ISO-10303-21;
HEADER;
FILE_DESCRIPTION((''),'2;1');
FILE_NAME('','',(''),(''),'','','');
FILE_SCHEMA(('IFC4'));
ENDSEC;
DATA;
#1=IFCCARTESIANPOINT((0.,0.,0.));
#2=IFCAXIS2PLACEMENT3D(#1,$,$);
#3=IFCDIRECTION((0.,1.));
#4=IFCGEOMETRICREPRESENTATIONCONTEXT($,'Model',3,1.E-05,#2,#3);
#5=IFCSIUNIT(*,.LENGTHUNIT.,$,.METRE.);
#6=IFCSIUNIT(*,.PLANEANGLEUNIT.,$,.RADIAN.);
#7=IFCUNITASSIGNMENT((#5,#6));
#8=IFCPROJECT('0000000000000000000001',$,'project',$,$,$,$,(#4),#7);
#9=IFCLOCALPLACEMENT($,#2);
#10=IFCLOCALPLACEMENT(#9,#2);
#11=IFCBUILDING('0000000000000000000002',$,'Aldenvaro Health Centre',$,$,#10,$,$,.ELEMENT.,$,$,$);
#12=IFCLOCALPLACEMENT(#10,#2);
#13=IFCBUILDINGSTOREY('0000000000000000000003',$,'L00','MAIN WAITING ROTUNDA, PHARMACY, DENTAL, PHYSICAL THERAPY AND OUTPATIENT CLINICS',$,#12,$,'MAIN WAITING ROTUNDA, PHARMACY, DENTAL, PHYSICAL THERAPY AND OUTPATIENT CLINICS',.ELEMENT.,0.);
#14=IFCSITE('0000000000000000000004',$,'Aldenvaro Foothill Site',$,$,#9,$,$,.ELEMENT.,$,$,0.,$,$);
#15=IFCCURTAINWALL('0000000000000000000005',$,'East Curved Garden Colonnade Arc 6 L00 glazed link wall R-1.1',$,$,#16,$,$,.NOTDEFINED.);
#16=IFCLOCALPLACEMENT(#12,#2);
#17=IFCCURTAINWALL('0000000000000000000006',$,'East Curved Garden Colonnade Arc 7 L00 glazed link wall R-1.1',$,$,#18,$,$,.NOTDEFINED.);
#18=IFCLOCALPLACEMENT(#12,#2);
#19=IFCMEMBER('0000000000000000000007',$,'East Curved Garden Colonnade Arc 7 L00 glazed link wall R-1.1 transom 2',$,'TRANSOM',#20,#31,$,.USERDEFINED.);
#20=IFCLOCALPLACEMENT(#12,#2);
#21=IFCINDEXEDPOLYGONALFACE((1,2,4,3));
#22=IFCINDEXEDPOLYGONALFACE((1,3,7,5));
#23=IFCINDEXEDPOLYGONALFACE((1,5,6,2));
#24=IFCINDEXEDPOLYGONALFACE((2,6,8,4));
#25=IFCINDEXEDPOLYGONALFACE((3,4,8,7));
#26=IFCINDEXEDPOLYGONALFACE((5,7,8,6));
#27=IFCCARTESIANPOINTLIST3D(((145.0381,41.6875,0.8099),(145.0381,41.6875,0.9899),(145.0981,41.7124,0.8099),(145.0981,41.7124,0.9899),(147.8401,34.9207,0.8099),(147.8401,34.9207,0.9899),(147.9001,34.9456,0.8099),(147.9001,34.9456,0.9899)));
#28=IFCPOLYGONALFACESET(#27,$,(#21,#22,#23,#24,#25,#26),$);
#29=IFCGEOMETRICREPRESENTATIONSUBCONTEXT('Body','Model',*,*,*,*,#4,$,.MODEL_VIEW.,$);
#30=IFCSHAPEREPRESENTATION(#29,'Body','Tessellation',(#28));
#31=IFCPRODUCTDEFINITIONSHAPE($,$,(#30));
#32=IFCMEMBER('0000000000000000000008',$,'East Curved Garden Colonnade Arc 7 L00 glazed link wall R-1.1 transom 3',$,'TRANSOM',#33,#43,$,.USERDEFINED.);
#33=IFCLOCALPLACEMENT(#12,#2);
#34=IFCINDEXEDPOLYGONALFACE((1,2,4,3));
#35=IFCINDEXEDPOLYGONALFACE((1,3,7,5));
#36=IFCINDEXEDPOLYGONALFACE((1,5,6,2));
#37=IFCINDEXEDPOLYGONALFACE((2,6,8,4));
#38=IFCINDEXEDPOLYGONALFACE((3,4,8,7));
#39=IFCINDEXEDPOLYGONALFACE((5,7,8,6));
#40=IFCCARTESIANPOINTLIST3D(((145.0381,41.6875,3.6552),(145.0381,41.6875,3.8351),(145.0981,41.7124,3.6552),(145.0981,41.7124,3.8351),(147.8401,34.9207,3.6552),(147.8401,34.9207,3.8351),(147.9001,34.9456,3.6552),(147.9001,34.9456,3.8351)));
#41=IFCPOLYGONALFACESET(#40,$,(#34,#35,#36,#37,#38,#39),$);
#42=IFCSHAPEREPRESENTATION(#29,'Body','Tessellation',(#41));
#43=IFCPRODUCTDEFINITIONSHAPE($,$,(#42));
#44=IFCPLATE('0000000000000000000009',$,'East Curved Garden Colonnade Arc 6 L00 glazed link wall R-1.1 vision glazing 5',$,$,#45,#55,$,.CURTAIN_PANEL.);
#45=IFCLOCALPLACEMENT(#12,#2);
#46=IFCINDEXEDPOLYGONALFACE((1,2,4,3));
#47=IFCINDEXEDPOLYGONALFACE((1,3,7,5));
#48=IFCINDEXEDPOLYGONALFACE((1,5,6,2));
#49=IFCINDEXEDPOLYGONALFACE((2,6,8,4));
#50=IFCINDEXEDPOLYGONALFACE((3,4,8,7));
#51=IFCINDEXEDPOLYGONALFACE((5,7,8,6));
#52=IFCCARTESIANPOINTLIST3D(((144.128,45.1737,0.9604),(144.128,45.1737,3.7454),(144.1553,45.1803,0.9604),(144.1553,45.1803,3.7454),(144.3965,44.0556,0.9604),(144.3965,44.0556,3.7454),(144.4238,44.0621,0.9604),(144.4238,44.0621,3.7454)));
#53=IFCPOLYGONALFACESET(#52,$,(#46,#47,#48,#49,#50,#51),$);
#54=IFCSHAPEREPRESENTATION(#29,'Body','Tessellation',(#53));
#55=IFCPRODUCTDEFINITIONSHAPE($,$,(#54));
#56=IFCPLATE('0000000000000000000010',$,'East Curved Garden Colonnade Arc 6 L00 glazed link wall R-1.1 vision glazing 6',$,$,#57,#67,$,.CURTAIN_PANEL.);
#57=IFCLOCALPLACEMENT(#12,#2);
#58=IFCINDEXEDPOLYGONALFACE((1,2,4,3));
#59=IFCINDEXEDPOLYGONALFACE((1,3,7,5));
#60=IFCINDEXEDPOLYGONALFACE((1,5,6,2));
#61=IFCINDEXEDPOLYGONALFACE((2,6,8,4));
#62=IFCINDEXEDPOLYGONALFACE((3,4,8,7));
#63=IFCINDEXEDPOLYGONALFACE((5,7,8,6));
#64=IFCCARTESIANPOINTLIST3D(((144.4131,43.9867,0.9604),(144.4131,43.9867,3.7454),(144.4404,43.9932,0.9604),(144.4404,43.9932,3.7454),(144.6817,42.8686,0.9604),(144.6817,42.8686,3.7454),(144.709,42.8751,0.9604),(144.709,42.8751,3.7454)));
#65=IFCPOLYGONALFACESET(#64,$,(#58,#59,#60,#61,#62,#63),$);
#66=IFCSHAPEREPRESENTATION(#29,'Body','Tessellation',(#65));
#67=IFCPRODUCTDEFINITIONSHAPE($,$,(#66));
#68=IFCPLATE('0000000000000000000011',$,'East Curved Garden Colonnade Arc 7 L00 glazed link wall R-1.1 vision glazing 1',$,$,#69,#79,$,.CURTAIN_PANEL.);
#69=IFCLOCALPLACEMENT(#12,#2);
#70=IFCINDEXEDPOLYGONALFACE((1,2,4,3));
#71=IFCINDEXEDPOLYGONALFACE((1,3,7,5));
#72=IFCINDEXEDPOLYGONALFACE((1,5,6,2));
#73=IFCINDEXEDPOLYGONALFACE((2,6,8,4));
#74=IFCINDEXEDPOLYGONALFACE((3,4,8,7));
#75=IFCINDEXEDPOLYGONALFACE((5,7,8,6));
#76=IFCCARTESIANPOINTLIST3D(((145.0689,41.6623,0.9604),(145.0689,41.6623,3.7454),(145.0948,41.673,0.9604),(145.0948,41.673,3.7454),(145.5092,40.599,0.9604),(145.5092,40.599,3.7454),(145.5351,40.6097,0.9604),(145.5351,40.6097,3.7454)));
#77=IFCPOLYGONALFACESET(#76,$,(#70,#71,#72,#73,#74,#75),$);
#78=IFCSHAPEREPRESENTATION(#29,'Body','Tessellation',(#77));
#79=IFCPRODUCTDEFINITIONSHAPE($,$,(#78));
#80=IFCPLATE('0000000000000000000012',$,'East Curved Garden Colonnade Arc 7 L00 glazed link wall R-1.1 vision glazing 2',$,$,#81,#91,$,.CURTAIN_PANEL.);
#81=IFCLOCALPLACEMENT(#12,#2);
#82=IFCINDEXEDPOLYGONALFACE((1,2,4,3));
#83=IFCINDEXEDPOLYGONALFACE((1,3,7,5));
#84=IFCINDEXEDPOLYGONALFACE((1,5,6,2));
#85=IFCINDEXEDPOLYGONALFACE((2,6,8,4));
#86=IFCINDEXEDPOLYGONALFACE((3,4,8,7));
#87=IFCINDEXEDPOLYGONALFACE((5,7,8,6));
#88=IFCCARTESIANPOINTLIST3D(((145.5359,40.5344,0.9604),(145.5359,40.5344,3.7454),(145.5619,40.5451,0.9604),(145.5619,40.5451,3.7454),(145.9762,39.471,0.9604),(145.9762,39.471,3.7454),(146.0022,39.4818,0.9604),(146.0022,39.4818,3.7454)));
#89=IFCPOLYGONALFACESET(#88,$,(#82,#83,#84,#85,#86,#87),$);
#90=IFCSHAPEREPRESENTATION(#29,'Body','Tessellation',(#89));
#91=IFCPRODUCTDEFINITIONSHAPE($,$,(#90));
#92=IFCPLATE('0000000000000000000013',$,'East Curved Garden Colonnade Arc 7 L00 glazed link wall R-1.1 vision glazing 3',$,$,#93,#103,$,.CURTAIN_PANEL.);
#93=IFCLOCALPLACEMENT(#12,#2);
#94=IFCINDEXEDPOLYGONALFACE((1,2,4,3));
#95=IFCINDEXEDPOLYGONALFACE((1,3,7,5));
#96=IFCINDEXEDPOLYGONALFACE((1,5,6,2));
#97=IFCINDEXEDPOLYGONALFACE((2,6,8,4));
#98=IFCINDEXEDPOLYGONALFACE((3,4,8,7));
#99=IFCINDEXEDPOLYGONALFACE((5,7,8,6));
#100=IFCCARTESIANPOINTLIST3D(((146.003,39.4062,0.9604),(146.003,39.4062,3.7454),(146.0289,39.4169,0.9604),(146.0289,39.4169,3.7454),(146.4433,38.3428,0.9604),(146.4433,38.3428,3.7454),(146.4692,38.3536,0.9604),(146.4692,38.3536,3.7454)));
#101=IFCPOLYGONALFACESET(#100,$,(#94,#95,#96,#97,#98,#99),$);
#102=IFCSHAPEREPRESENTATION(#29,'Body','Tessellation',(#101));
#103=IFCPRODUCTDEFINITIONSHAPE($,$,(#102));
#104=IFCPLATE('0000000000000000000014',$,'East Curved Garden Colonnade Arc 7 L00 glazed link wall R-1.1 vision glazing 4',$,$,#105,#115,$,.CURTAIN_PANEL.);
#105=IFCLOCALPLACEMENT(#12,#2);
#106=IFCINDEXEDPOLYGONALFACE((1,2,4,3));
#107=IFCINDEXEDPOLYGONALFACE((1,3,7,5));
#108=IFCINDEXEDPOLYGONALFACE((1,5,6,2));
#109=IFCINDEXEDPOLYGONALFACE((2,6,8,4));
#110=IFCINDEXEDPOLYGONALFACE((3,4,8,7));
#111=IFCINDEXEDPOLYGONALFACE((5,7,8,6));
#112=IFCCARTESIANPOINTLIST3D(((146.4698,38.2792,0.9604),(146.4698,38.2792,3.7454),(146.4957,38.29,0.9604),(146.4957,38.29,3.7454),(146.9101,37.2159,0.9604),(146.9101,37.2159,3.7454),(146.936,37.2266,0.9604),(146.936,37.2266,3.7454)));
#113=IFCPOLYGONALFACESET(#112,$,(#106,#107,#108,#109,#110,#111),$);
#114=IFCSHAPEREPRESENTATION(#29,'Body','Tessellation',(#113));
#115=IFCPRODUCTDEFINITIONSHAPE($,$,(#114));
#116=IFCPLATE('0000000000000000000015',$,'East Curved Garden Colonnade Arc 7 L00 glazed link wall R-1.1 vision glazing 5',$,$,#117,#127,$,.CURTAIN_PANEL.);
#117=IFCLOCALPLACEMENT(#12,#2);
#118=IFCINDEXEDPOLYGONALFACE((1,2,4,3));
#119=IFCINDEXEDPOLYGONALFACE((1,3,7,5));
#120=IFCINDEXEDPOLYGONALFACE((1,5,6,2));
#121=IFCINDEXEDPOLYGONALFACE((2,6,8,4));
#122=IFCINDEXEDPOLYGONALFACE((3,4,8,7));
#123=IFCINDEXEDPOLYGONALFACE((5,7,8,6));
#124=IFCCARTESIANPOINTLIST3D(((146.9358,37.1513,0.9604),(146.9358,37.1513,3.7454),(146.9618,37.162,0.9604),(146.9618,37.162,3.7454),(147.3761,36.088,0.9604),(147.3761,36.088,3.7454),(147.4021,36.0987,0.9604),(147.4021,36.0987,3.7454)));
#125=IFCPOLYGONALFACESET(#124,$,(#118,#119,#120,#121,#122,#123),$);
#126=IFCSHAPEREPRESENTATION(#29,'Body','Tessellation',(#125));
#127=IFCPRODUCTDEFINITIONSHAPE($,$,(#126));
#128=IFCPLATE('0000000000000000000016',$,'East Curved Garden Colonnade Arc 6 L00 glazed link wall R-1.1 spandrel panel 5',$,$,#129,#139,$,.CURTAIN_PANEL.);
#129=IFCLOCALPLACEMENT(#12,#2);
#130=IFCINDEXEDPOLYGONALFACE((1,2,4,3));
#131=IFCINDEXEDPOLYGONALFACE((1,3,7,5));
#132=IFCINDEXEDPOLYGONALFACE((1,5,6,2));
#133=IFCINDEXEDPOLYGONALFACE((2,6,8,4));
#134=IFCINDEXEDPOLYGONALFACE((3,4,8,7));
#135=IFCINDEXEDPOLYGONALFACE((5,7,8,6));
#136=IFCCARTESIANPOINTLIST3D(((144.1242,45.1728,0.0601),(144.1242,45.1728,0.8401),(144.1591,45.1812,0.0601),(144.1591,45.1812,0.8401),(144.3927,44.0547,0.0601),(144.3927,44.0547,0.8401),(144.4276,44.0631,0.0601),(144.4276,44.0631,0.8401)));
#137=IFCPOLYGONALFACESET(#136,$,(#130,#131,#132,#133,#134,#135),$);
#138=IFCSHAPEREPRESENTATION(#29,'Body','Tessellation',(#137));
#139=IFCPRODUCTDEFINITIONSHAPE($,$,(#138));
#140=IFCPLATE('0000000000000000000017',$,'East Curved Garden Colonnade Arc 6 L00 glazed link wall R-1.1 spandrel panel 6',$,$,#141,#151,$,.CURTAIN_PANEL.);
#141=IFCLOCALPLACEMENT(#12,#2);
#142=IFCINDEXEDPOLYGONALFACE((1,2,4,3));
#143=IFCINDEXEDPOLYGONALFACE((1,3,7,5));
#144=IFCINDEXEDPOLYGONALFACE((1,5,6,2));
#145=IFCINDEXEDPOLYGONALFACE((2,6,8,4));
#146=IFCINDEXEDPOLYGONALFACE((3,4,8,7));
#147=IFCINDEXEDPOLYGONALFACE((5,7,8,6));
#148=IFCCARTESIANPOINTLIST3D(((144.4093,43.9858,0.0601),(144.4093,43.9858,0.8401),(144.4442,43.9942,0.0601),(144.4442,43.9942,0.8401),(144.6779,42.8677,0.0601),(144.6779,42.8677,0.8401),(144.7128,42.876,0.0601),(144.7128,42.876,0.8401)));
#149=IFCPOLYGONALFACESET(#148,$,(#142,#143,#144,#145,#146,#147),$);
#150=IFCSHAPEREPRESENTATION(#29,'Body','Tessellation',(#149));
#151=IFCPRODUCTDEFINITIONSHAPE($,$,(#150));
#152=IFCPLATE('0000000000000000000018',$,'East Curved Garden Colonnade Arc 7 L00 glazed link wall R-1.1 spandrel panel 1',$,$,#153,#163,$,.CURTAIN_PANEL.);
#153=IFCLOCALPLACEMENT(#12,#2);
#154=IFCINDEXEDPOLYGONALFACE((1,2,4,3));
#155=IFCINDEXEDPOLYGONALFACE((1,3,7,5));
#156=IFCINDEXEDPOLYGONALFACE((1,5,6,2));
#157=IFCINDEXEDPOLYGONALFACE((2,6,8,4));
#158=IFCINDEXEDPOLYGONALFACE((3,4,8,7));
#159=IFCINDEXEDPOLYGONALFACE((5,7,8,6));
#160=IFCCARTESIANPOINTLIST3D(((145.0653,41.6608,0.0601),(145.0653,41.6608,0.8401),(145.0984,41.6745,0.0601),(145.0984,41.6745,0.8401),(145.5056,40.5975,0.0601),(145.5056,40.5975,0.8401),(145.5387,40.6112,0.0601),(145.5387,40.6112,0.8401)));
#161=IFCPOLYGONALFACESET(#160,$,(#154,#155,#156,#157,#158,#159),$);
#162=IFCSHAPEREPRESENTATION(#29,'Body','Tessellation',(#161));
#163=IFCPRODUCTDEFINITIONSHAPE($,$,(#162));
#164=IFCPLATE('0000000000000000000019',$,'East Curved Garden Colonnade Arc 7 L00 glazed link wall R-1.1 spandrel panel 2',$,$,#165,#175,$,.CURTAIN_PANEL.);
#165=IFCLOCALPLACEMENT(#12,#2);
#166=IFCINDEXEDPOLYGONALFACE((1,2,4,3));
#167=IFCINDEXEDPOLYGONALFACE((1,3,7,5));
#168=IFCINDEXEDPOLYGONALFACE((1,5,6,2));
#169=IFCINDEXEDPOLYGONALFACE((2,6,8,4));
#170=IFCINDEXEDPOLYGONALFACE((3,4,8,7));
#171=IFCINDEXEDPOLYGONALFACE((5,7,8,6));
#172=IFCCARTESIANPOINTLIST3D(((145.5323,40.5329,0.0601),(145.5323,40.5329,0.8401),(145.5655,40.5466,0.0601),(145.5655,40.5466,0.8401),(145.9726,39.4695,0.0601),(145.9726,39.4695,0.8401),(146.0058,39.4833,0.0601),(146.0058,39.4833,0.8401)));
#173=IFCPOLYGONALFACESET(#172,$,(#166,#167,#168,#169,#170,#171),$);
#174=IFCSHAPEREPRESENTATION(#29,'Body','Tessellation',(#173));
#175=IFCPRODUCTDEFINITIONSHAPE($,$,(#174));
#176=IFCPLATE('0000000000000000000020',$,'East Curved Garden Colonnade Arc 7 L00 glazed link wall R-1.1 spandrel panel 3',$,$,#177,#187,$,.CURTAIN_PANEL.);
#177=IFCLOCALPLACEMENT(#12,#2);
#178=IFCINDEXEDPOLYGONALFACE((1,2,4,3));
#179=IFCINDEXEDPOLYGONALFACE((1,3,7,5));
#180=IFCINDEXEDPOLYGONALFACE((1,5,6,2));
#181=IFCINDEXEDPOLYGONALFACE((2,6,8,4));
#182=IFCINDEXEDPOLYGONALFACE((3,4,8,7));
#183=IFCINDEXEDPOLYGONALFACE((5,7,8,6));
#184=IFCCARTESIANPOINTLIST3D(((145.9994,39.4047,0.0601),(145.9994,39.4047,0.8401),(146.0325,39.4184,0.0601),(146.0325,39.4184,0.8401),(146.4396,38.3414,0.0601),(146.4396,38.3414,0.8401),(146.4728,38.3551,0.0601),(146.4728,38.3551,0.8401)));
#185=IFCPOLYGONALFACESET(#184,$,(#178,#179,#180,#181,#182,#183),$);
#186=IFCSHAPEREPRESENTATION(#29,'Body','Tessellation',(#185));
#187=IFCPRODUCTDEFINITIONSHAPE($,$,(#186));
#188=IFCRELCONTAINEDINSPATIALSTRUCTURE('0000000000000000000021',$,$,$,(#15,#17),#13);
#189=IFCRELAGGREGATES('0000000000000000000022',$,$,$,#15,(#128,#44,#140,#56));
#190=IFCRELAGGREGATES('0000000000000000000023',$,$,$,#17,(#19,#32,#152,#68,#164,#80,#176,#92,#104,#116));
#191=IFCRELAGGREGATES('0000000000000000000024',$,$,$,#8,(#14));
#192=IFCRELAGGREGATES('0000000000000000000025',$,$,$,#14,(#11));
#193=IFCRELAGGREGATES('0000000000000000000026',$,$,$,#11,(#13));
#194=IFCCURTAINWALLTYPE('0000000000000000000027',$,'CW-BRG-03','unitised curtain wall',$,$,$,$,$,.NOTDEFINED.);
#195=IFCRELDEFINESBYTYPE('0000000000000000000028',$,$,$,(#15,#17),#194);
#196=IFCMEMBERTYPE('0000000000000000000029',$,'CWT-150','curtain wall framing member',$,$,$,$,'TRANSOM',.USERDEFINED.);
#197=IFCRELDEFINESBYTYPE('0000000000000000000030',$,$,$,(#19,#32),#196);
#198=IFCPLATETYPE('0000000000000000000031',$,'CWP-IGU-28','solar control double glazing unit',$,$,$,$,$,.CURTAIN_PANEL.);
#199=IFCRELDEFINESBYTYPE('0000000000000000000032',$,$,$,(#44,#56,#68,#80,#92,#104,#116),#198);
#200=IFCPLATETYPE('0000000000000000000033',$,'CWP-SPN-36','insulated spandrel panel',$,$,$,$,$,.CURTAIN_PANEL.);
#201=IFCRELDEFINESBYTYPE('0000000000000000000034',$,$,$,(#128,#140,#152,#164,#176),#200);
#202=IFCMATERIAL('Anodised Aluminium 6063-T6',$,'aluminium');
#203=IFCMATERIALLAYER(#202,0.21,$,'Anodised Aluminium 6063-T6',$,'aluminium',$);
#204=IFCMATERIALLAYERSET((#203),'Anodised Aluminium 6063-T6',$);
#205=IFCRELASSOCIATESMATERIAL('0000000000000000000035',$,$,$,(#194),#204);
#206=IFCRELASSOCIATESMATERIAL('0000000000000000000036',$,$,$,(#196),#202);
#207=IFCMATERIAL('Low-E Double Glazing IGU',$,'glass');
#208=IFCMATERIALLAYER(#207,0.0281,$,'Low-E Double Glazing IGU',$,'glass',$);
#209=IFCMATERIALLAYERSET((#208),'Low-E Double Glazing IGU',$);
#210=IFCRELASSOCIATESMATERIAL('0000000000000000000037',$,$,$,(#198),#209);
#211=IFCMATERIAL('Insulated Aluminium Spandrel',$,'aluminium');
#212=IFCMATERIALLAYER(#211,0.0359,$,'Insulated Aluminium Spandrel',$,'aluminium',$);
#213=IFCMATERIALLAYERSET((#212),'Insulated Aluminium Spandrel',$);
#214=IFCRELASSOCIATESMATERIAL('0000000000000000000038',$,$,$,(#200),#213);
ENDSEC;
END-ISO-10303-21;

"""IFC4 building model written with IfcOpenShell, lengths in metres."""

from ifc_helpers import new_model, si_unit, direction, frame, origin, origin_2d, place, context, subcontext, project, spatial, rectangle, extrude, material, layer, layer_set, material_profile, profile_set, type_object, element, aggregate, save


model = new_model("IFC4")

# Units and contexts
model_context = context("Model", 3, precision=1e-05, world=origin(), true_north=direction((0.0, 1.0)))
body_context = subcontext(model_context, "Body", "Model", "MODEL_VIEW")
ifc_project = project(units=[si_unit("LENGTHUNIT", "METRE"), si_unit("PLANEANGLEUNIT", "RADIAN")], contexts=[model_context])

# Site, building, storey
site_placement = place(None, origin())
site = spatial("IfcSite", under=ifc_project, at=site_placement, Name="Aldenvaro Foothill Site", CompositionType="ELEMENT", RefElevation=0.0)
building_placement = place(site_placement, origin())
building = spatial("IfcBuilding", under=site, at=building_placement, Name="Aldenvaro Health Centre", CompositionType="ELEMENT")
storey_placement = place(building_placement, origin())
storey = spatial("IfcBuildingStorey", under=building, at=storey_placement, Name="L00", Description="MAIN WAITING ROTUNDA, PHARMACY, DENTAL, PHYSICAL THERAPY AND OUTPATIENT CLINICS", LongName="MAIN WAITING ROTUNDA, PHARMACY, DENTAL, PHYSICAL THERAPY AND OUTPATIENT CLINICS", CompositionType="ELEMENT", Elevation=0.0)

# Curtain walls, members
ifc_material_1 = material(Name="Anodised Aluminium 6063-T6", Category="aluminium")
ifc_layer_1 = layer(ifc_material_1, 0.21, Name="Anodised Aluminium 6063-T6", Category="aluminium")
ifc_layer_set_1 = layer_set([ifc_layer_1], Name="Anodised Aluminium 6063-T6")
curtain_wall_type = type_object("IfcCurtainWallType", Name="CW-BRG-03", Description="unitised curtain wall", PredefinedType="NOTDEFINED", material=ifc_layer_set_1)
curtain_wall_1_placement = place(storey_placement, origin())
curtain_wall_1 = element("IfcCurtainWall", 1, at=curtain_wall_1_placement, inside=storey, type_object=curtain_wall_type, Name="East Curved Garden Colonnade Arc 6 L00 glazed link wall R-1.1", PredefinedType="NOTDEFINED")
curtain_wall_2_placement = place(storey_placement, origin())
curtain_wall_2 = element("IfcCurtainWall", 2, at=curtain_wall_2_placement, inside=storey, type_object=curtain_wall_type, Name="East Curved Garden Colonnade Arc 7 L00 glazed link wall R-1.1", PredefinedType="NOTDEFINED")
ifc_material_profile_1 = material_profile(ifc_material_1, rectangle(XDim=0.0649, YDim=0.1799, at=origin_2d()), Name="ALU 65x180", Category="aluminium")
ifc_profile_set_1 = profile_set([ifc_material_profile_1], Name="Anodised Aluminium 6063-T6")
member_type_1 = type_object("IfcMemberType", Name="CWT-150", Description="curtain wall framing member", ElementType="TRANSOM", PredefinedType="USERDEFINED", material=ifc_profile_set_1)
member_1_placement = place(storey_placement, frame((145.0681, 41.7, 0.8999), z_axis=(0.382577, -0.923924, 0.0), x_axis=(0.923924, 0.382577, 0.0)))
member_1 = element("IfcMember", 3, at=member_1_placement, type_object=member_type_1, Name="East Curved Garden Colonnade Arc 7 L00 glazed link wall R-1.1 transom 2", ObjectType="TRANSOM", PredefinedType="USERDEFINED", context=body_context, shape_type="SweptSolid", body=[
    extrude(rectangle(XDim=0.0649, YDim=0.1799, at=origin_2d()), origin(), (0.0, 0.0, 1.0), 7.324),
])
member_2_placement = place(storey_placement, frame((145.0681, 41.7, 3.7451), z_axis=(0.382577, -0.923924, 0.0), x_axis=(0.923924, 0.382577, 0.0)))
member_2 = element("IfcMember", 4, at=member_2_placement, type_object=member_type_1, Name="East Curved Garden Colonnade Arc 7 L00 glazed link wall R-1.1 transom 3", ObjectType="TRANSOM", PredefinedType="USERDEFINED", context=body_context, shape_type="SweptSolid", body=[
    extrude(rectangle(XDim=0.0649, YDim=0.1799, at=origin_2d()), origin(), (0.0, 0.0, 1.0), 7.324),
])

# Plates
ifc_material_2 = material(Name="Low-E Double Glazing IGU", Category="glass")
ifc_layer_2 = layer(ifc_material_2, 0.0281, Name="Low-E Double Glazing IGU", Category="glass")
ifc_layer_set_2 = layer_set([ifc_layer_2], Name="Low-E Double Glazing IGU")
plate_type_1 = type_object("IfcPlateType", Name="CWP-IGU-28", Description="solar control double glazing unit", PredefinedType="CURTAIN_PANEL", material=ifc_layer_set_2)
plate_1_placement = place(storey_placement, frame((144.2759, 44.6179, 0.9604), z_axis=(0.0, 0.0, 1.0), x_axis=(0.233528, -0.97235, 0.0)))
plate_1 = element("IfcPlate", 5, at=plate_1_placement, type_object=plate_type_1, Name="East Curved Garden Colonnade Arc 6 L00 glazed link wall R-1.1 vision glazing 5", PredefinedType="CURTAIN_PANEL", context=body_context, shape_type="SweptSolid", body=[
    extrude(rectangle(XDim=1.1499, YDim=0.0281, at=origin_2d()), origin(), (0.0, 0.0, 1.0), 2.7849),
])
plate_2_placement = place(storey_placement, frame((144.561, 43.4309, 0.9604), z_axis=(0.0, 0.0, 1.0), x_axis=(0.233528, -0.97235, 0.0)))
plate_2 = element("IfcPlate", 6, at=plate_2_placement, type_object=plate_type_1, Name="East Curved Garden Colonnade Arc 6 L00 glazed link wall R-1.1 vision glazing 6", PredefinedType="CURTAIN_PANEL", context=body_context, shape_type="SweptSolid", body=[
    extrude(rectangle(XDim=1.1499, YDim=0.0281, at=origin_2d()), origin(), (0.0, 0.0, 1.0), 2.7849),
])
plate_3_placement = place(storey_placement, frame((145.302, 41.136, 0.9604), z_axis=(0.0, 0.0, 1.0), x_axis=(0.382569, -0.923927, 0.0)))
plate_3 = element("IfcPlate", 7, at=plate_3_placement, type_object=plate_type_1, Name="East Curved Garden Colonnade Arc 7 L00 glazed link wall R-1.1 vision glazing 1", PredefinedType="CURTAIN_PANEL", context=body_context, shape_type="SweptSolid", body=[
    extrude(rectangle(XDim=1.1509, YDim=0.0281, at=origin_2d()), origin(), (0.0, 0.0, 1.0), 2.7849),
])
plate_4_placement = place(storey_placement, frame((145.769, 40.0081, 0.9604), z_axis=(0.0, 0.0, 1.0), x_axis=(0.382569, -0.923927, 0.0)))
plate_4 = element("IfcPlate", 8, at=plate_4_placement, type_object=plate_type_1, Name="East Curved Garden Colonnade Arc 7 L00 glazed link wall R-1.1 vision glazing 2", PredefinedType="CURTAIN_PANEL", context=body_context, shape_type="SweptSolid", body=[
    extrude(rectangle(XDim=1.1509, YDim=0.0281, at=origin_2d()), origin(), (0.0, 0.0, 1.0), 2.7849),
])
plate_5_placement = place(storey_placement, frame((146.2361, 38.8799, 0.9604), z_axis=(0.0, 0.0, 1.0), x_axis=(0.382569, -0.923927, 0.0)))
plate_5 = element("IfcPlate", 9, at=plate_5_placement, type_object=plate_type_1, Name="East Curved Garden Colonnade Arc 7 L00 glazed link wall R-1.1 vision glazing 3", PredefinedType="CURTAIN_PANEL", context=body_context, shape_type="SweptSolid", body=[
    extrude(rectangle(XDim=1.1509, YDim=0.0281, at=origin_2d()), origin(), (0.0, 0.0, 1.0), 2.7849),
])
plate_6_placement = place(storey_placement, frame((146.7029, 37.7529, 0.9604), z_axis=(0.0, 0.0, 1.0), x_axis=(0.382569, -0.923927, 0.0)))
plate_6 = element("IfcPlate", 10, at=plate_6_placement, type_object=plate_type_1, Name="East Curved Garden Colonnade Arc 7 L00 glazed link wall R-1.1 vision glazing 4", PredefinedType="CURTAIN_PANEL", context=body_context, shape_type="SweptSolid", body=[
    extrude(rectangle(XDim=1.1509, YDim=0.0281, at=origin_2d()), origin(), (0.0, 0.0, 1.0), 2.7849),
])
plate_7_placement = place(storey_placement, frame((147.1689, 36.625, 0.9604), z_axis=(0.0, 0.0, 1.0), x_axis=(0.382569, -0.923927, 0.0)))
plate_7 = element("IfcPlate", 11, at=plate_7_placement, type_object=plate_type_1, Name="East Curved Garden Colonnade Arc 7 L00 glazed link wall R-1.1 vision glazing 5", PredefinedType="CURTAIN_PANEL", context=body_context, shape_type="SweptSolid", body=[
    extrude(rectangle(XDim=1.1509, YDim=0.0281, at=origin_2d()), origin(), (0.0, 0.0, 1.0), 2.7849),
])
ifc_material_3 = material(Name="Insulated Aluminium Spandrel", Category="aluminium")
ifc_layer_3 = layer(ifc_material_3, 0.0359, Name="Insulated Aluminium Spandrel", Category="aluminium")
ifc_layer_set_3 = layer_set([ifc_layer_3], Name="Insulated Aluminium Spandrel")
plate_type_2 = type_object("IfcPlateType", Name="CWP-SPN-36", Description="insulated spandrel panel", PredefinedType="CURTAIN_PANEL", material=ifc_layer_set_3)
plate_8_placement = place(storey_placement, frame((144.2759, 44.6179, 0.0601), z_axis=(0.0, 0.0, 1.0), x_axis=(0.233528, -0.97235, 0.0)))
plate_8 = element("IfcPlate", 12, at=plate_8_placement, type_object=plate_type_2, Name="East Curved Garden Colonnade Arc 6 L00 glazed link wall R-1.1 spandrel panel 5", PredefinedType="CURTAIN_PANEL", context=body_context, shape_type="SweptSolid", body=[
    extrude(rectangle(XDim=1.1499, YDim=0.0359, at=origin_2d()), origin(), (0.0, 0.0, 1.0), 0.78),
])
plate_9_placement = place(storey_placement, frame((144.561, 43.4309, 0.0601), z_axis=(0.0, 0.0, 1.0), x_axis=(0.233528, -0.97235, 0.0)))
plate_9 = element("IfcPlate", 13, at=plate_9_placement, type_object=plate_type_2, Name="East Curved Garden Colonnade Arc 6 L00 glazed link wall R-1.1 spandrel panel 6", PredefinedType="CURTAIN_PANEL", context=body_context, shape_type="SweptSolid", body=[
    extrude(rectangle(XDim=1.1499, YDim=0.0359, at=origin_2d()), origin(), (0.0, 0.0, 1.0), 0.78),
])
aggregate(curtain_wall_1, [plate_8, plate_1, plate_9, plate_2])
plate_10_placement = place(storey_placement, frame((145.302, 41.136, 0.0601), z_axis=(0.0, 0.0, 1.0), x_axis=(0.382569, -0.923927, 0.0)))
plate_10 = element("IfcPlate", 14, at=plate_10_placement, type_object=plate_type_2, Name="East Curved Garden Colonnade Arc 7 L00 glazed link wall R-1.1 spandrel panel 1", PredefinedType="CURTAIN_PANEL", context=body_context, shape_type="SweptSolid", body=[
    extrude(rectangle(XDim=1.1509, YDim=0.0359, at=origin_2d()), origin(), (0.0, 0.0, 1.0), 0.78),
])
plate_11_placement = place(storey_placement, frame((145.769, 40.0081, 0.0601), z_axis=(0.0, 0.0, 1.0), x_axis=(0.382569, -0.923927, 0.0)))
plate_11 = element("IfcPlate", 15, at=plate_11_placement, type_object=plate_type_2, Name="East Curved Garden Colonnade Arc 7 L00 glazed link wall R-1.1 spandrel panel 2", PredefinedType="CURTAIN_PANEL", context=body_context, shape_type="SweptSolid", body=[
    extrude(rectangle(XDim=1.1509, YDim=0.0359, at=origin_2d()), origin(), (0.0, 0.0, 1.0), 0.78),
])
plate_12_placement = place(storey_placement, frame((146.2361, 38.8799, 0.0601), z_axis=(0.0, 0.0, 1.0), x_axis=(0.382569, -0.923927, 0.0)))
plate_12 = element("IfcPlate", 16, at=plate_12_placement, type_object=plate_type_2, Name="East Curved Garden Colonnade Arc 7 L00 glazed link wall R-1.1 spandrel panel 3", PredefinedType="CURTAIN_PANEL", context=body_context, shape_type="SweptSolid", body=[
    extrude(rectangle(XDim=1.1509, YDim=0.0359, at=origin_2d()), origin(), (0.0, 0.0, 1.0), 0.78),
])
aggregate(curtain_wall_2, [member_1, member_2, plate_10, plate_3, plate_11, plate_4, plate_12, plate_5, plate_6, plate_7])

save(model, "model.ifc")
